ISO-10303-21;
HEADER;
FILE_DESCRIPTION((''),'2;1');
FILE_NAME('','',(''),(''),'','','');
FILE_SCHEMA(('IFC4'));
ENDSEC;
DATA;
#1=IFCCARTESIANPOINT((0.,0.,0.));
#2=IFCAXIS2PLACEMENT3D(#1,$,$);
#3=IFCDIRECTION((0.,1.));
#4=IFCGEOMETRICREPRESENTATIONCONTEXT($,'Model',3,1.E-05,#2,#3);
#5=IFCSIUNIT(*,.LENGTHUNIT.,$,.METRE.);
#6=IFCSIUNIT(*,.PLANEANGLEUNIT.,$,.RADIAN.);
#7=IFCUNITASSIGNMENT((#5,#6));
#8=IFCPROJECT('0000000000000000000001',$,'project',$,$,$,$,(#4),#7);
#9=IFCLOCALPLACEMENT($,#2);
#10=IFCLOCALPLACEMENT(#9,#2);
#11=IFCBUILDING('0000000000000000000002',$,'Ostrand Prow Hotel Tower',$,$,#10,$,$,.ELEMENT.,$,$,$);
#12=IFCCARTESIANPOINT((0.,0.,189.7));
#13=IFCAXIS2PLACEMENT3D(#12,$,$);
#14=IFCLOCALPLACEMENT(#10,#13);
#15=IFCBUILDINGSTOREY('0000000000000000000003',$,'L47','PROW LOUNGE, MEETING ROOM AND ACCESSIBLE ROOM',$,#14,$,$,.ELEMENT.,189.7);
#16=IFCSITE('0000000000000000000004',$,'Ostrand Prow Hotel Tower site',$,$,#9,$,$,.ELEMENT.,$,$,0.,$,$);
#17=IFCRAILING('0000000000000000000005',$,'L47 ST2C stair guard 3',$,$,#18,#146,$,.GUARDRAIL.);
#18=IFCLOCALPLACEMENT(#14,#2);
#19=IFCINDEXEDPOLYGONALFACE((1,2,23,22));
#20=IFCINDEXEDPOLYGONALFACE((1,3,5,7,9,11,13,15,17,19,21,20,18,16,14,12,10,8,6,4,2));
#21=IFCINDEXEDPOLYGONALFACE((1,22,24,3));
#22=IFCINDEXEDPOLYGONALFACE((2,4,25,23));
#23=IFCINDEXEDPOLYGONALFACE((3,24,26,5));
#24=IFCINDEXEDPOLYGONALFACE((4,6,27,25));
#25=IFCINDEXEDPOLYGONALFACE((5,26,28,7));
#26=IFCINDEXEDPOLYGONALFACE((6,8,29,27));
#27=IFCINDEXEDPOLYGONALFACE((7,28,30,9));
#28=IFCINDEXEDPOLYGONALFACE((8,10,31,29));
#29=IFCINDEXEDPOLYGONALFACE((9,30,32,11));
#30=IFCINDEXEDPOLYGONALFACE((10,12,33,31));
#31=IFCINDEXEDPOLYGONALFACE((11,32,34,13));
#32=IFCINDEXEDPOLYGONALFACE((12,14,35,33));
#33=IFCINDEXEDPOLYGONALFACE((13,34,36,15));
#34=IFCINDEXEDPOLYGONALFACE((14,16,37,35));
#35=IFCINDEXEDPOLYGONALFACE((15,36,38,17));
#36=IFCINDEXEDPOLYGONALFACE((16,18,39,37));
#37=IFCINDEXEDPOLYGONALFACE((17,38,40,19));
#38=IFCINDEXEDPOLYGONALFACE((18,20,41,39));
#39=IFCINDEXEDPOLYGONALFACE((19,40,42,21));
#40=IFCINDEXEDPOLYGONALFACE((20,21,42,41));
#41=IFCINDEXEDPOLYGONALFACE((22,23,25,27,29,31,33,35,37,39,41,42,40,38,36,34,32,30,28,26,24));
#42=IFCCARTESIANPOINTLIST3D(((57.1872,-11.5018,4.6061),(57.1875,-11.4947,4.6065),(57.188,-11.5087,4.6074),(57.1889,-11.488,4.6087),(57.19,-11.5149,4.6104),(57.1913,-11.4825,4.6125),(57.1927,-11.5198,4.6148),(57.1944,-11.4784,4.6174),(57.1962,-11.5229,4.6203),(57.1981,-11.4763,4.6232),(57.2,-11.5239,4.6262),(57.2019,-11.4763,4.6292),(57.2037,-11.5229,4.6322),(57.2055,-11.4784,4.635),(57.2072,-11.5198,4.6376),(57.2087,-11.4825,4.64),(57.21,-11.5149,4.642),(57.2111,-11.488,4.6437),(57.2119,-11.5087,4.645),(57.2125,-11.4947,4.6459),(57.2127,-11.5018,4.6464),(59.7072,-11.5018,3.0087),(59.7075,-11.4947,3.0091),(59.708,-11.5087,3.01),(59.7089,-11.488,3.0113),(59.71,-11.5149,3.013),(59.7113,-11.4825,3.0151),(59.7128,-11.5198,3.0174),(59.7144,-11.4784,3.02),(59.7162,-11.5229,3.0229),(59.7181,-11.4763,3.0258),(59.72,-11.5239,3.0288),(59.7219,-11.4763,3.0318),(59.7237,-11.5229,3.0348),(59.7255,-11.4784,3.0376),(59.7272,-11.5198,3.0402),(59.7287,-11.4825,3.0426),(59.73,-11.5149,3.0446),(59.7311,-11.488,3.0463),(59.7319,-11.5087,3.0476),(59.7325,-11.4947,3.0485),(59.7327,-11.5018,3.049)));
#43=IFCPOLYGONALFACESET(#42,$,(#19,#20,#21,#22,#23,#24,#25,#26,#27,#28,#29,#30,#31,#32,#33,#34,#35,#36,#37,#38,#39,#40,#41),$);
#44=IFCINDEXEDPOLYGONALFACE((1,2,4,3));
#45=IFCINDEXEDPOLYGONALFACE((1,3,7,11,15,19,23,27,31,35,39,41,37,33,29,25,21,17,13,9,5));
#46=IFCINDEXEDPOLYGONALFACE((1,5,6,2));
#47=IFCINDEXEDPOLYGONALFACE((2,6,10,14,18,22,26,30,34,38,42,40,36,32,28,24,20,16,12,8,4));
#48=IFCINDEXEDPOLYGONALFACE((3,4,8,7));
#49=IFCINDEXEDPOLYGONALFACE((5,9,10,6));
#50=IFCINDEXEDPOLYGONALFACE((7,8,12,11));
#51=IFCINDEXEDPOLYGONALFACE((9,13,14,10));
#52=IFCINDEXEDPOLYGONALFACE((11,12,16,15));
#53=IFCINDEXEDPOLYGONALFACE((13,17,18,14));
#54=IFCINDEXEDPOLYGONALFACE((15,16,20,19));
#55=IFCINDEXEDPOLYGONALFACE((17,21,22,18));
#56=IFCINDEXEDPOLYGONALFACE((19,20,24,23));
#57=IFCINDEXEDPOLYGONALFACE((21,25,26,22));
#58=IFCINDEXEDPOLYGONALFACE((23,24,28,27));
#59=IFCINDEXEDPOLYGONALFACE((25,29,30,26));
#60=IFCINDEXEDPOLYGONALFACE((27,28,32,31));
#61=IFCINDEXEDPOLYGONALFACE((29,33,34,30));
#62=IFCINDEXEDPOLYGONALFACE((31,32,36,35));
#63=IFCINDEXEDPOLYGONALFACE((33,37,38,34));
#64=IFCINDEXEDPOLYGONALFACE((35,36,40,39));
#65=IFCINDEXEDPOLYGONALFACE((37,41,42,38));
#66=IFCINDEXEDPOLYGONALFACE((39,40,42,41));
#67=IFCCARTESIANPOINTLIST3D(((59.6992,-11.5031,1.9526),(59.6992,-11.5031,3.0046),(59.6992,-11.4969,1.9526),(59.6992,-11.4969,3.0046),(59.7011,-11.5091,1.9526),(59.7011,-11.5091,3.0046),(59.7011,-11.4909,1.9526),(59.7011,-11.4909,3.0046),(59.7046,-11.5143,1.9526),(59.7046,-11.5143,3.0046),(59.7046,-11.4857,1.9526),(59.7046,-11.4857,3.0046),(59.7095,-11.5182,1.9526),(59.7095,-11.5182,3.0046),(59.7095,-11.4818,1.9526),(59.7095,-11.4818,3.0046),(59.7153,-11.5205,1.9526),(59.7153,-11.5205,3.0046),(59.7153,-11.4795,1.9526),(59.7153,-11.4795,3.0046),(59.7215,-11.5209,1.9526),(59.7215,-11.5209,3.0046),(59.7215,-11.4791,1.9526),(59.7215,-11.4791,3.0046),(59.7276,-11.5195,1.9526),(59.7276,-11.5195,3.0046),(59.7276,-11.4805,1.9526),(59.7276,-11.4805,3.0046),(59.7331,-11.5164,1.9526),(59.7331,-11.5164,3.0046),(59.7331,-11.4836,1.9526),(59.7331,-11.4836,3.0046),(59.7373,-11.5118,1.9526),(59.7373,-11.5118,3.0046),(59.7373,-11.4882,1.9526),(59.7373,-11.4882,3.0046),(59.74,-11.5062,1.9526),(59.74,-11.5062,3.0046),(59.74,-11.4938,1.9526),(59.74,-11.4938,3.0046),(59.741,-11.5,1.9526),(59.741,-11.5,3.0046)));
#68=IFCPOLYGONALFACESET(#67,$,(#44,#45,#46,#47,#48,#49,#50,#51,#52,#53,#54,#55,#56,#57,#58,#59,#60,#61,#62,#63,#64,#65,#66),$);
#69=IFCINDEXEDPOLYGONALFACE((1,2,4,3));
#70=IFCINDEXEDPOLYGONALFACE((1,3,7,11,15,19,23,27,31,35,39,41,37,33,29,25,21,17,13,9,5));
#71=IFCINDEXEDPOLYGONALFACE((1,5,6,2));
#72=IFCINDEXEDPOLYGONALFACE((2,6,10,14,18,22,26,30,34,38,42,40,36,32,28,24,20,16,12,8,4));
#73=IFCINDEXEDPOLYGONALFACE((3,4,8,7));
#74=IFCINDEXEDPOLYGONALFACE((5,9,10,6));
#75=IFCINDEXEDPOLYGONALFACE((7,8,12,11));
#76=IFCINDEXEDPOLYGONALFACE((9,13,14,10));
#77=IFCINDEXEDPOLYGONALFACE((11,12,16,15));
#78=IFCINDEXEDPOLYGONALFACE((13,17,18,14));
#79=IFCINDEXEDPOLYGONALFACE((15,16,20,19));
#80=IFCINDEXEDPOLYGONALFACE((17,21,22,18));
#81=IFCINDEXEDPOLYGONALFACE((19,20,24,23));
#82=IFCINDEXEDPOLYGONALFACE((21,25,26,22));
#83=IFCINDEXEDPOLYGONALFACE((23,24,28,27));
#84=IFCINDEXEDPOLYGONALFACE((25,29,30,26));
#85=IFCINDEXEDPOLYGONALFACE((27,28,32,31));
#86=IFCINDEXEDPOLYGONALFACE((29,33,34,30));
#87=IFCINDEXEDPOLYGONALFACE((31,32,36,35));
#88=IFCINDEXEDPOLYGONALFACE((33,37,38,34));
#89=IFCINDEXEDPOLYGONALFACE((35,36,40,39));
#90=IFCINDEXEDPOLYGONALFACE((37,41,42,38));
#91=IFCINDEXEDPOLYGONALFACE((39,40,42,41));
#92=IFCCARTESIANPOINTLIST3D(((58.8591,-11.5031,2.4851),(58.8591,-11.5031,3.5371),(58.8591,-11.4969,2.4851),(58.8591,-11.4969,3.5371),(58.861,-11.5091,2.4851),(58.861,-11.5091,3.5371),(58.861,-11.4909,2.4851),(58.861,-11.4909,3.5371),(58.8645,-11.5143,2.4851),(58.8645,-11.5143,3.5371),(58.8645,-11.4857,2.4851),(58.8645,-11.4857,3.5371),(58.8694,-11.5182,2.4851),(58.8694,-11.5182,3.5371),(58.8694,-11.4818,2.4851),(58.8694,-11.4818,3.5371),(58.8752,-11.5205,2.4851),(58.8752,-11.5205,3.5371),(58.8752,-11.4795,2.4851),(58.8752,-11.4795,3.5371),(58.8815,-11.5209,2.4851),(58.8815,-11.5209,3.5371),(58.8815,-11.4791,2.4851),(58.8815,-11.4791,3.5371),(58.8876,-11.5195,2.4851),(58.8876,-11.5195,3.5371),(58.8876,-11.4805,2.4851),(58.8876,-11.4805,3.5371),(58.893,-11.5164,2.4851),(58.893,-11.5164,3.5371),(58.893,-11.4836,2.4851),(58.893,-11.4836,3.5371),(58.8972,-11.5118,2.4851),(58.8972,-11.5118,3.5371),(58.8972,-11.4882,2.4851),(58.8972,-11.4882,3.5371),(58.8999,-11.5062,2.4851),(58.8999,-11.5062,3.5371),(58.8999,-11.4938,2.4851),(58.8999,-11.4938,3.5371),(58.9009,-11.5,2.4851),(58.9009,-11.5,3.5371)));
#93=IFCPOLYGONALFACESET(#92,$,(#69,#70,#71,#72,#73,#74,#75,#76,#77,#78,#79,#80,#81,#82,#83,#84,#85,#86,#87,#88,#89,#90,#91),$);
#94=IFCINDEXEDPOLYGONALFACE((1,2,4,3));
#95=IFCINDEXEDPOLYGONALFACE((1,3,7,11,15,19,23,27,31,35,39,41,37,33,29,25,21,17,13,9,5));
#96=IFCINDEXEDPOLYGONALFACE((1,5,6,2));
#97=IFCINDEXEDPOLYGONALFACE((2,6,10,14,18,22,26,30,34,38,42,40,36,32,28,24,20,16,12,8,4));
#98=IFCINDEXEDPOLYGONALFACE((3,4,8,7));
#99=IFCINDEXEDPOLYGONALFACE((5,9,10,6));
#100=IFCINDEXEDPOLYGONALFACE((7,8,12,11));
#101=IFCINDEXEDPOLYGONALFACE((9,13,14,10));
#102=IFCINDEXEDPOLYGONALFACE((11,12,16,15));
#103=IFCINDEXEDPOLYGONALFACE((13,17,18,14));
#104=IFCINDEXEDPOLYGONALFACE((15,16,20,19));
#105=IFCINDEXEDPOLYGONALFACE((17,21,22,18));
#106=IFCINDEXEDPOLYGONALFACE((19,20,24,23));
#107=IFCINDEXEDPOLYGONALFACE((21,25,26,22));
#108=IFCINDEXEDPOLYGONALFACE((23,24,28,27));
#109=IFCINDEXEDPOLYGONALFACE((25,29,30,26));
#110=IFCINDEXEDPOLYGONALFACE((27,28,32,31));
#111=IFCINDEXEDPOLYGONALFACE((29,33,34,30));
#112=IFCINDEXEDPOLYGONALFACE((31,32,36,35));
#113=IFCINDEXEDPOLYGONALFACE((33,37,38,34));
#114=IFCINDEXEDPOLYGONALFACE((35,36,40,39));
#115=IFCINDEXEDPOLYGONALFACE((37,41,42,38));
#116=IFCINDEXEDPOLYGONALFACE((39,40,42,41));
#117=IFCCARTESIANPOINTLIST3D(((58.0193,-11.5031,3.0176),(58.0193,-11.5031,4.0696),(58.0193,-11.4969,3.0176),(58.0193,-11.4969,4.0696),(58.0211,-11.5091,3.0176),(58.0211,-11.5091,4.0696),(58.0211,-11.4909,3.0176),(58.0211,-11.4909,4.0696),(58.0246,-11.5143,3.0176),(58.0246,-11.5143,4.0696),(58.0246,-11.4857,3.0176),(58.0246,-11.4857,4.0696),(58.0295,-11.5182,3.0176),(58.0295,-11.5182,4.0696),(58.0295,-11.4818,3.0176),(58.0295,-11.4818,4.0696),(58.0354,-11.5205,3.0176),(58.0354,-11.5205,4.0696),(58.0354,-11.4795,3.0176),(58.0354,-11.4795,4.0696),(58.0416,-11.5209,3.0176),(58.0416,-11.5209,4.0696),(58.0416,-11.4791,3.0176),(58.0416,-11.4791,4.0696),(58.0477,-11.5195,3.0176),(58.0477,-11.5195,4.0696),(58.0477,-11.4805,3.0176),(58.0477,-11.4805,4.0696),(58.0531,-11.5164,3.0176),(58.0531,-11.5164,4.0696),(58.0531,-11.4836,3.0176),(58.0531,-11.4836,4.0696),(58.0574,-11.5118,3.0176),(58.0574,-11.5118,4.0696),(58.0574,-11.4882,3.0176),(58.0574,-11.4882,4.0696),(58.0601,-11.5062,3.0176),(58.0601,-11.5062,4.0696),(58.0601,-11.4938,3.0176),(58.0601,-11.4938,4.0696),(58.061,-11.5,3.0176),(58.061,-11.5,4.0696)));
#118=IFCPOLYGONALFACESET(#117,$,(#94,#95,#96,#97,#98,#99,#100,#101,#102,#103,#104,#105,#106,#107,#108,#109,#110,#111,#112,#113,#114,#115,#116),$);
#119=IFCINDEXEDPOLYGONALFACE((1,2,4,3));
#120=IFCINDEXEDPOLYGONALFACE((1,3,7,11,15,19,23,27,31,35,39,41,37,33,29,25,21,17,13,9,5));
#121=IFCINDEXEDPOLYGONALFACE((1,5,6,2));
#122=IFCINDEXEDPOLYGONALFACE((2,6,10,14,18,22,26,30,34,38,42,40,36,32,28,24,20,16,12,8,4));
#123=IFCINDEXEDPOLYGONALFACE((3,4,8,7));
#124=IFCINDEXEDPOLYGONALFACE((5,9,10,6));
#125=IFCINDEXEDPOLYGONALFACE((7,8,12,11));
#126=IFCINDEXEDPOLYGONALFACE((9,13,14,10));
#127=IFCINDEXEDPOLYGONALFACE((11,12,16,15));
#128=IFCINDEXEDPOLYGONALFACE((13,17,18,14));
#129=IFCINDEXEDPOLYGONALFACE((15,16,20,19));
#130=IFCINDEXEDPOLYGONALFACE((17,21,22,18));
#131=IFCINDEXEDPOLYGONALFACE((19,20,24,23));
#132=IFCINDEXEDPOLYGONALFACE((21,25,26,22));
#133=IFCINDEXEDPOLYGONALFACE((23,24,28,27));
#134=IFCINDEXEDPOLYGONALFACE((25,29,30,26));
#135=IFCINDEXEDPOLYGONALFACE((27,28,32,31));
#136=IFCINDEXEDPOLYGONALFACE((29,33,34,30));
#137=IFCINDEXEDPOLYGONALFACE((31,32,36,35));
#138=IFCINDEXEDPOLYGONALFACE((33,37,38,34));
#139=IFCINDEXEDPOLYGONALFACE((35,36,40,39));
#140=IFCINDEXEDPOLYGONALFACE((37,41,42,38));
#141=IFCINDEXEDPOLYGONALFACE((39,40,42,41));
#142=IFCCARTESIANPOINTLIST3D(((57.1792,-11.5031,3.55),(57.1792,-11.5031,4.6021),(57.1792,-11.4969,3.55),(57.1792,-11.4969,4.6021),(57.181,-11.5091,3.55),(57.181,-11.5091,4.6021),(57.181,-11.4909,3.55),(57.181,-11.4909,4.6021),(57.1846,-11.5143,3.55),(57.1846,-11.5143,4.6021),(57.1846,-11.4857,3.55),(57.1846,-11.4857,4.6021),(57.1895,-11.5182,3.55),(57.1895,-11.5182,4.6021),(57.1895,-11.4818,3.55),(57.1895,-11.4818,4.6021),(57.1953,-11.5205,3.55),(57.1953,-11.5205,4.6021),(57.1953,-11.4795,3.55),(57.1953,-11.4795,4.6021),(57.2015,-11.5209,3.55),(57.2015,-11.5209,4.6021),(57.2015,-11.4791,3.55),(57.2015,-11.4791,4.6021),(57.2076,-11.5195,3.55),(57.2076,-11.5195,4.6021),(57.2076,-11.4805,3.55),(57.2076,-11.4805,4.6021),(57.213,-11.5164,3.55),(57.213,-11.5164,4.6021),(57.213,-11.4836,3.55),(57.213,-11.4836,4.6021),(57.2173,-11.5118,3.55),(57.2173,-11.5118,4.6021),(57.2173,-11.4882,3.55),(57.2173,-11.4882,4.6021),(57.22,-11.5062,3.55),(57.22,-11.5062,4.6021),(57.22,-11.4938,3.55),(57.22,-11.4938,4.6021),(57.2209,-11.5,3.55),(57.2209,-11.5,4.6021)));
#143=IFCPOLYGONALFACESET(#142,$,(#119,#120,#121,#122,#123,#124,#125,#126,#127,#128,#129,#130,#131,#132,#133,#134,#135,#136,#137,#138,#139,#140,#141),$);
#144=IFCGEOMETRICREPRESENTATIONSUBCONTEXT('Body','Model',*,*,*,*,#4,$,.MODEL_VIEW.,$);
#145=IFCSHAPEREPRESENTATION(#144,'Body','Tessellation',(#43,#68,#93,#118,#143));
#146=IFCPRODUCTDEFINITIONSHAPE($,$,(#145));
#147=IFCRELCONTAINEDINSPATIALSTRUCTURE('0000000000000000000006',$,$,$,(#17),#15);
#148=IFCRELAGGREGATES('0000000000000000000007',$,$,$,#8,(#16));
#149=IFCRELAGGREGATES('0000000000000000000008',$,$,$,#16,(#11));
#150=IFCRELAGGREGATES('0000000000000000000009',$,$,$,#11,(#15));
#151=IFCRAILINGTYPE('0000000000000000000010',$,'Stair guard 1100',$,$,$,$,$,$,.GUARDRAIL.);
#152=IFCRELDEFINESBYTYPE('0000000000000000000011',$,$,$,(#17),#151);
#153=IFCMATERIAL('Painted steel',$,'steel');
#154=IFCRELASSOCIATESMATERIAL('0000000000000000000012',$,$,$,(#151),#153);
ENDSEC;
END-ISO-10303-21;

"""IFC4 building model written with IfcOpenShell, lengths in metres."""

from ifc_helpers import new_model, si_unit, direction, frame, origin, origin_2d, place, context, subcontext, project, spatial, circle, extrude, material, type_object, element, save


model = new_model("IFC4")

# Units and contexts
model_context = context("Model", 3, precision=1e-05, world=origin(), true_north=direction((0.0, 1.0)))
body_context = subcontext(model_context, "Body", "Model", "MODEL_VIEW")
ifc_project = project(units=[si_unit("LENGTHUNIT", "METRE"), si_unit("PLANEANGLEUNIT", "RADIAN")], contexts=[model_context])

# Site, building, storey
site_placement = place(None, origin())
site = spatial("IfcSite", under=ifc_project, at=site_placement, Name="Ostrand Prow Hotel Tower site", CompositionType="ELEMENT", RefElevation=0.0)
building_placement = place(site_placement, origin())
building = spatial("IfcBuilding", under=site, at=building_placement, Name="Ostrand Prow Hotel Tower", CompositionType="ELEMENT")
storey_placement = place(building_placement, frame((0.0, 0.0, 189.7)))
storey = spatial("IfcBuildingStorey", under=building, at=storey_placement, Name="L47", Description="PROW LOUNGE, MEETING ROOM AND ACCESSIBLE ROOM", CompositionType="ELEMENT", Elevation=189.7)

# Railing
ifc_material_1 = material(Name="Painted steel", Category="steel")
railing_type_1 = type_object("IfcRailingType", Name="Stair guard 1100", PredefinedType="GUARDRAIL", material=ifc_material_1)
railing_1_placement = place(storey_placement, frame((59.72, -11.5, 1.9526)))
element("IfcRailing", 1, at=railing_1_placement, inside=storey, type_object=railing_type_1, Name="L47 ST2C stair guard 3", PredefinedType="GUARDRAIL", context=body_context, shape_type="SweptSolid", body=[
    extrude(circle(Radius=0.0239, at=origin_2d()), frame((0.0, 0.0, 1.0762), z_axis=(-0.844607, 0.0, 0.535387), x_axis=(0.0, -1.0, 0.0)), (0.0, 0.0, 1.0), 2.9836),
    extrude(circle(Radius=0.021, at=origin_2d()), origin(), (0.0, 0.0, 1.0), 1.052),
    extrude(circle(Radius=0.021, at=origin_2d()), frame((-0.8401, 0.0, 0.5325)), (0.0, 0.0, 1.0), 1.052),
    extrude(circle(Radius=0.021, at=origin_2d()), frame((-1.6799, 0.0, 1.0649)), (0.0, 0.0, 1.0), 1.052),
    extrude(circle(Radius=0.021, at=origin_2d()), frame((-2.52, 0.0, 1.5974)), (0.0, 0.0, 1.0), 1.052),
])

save(model, "model.ifc")
